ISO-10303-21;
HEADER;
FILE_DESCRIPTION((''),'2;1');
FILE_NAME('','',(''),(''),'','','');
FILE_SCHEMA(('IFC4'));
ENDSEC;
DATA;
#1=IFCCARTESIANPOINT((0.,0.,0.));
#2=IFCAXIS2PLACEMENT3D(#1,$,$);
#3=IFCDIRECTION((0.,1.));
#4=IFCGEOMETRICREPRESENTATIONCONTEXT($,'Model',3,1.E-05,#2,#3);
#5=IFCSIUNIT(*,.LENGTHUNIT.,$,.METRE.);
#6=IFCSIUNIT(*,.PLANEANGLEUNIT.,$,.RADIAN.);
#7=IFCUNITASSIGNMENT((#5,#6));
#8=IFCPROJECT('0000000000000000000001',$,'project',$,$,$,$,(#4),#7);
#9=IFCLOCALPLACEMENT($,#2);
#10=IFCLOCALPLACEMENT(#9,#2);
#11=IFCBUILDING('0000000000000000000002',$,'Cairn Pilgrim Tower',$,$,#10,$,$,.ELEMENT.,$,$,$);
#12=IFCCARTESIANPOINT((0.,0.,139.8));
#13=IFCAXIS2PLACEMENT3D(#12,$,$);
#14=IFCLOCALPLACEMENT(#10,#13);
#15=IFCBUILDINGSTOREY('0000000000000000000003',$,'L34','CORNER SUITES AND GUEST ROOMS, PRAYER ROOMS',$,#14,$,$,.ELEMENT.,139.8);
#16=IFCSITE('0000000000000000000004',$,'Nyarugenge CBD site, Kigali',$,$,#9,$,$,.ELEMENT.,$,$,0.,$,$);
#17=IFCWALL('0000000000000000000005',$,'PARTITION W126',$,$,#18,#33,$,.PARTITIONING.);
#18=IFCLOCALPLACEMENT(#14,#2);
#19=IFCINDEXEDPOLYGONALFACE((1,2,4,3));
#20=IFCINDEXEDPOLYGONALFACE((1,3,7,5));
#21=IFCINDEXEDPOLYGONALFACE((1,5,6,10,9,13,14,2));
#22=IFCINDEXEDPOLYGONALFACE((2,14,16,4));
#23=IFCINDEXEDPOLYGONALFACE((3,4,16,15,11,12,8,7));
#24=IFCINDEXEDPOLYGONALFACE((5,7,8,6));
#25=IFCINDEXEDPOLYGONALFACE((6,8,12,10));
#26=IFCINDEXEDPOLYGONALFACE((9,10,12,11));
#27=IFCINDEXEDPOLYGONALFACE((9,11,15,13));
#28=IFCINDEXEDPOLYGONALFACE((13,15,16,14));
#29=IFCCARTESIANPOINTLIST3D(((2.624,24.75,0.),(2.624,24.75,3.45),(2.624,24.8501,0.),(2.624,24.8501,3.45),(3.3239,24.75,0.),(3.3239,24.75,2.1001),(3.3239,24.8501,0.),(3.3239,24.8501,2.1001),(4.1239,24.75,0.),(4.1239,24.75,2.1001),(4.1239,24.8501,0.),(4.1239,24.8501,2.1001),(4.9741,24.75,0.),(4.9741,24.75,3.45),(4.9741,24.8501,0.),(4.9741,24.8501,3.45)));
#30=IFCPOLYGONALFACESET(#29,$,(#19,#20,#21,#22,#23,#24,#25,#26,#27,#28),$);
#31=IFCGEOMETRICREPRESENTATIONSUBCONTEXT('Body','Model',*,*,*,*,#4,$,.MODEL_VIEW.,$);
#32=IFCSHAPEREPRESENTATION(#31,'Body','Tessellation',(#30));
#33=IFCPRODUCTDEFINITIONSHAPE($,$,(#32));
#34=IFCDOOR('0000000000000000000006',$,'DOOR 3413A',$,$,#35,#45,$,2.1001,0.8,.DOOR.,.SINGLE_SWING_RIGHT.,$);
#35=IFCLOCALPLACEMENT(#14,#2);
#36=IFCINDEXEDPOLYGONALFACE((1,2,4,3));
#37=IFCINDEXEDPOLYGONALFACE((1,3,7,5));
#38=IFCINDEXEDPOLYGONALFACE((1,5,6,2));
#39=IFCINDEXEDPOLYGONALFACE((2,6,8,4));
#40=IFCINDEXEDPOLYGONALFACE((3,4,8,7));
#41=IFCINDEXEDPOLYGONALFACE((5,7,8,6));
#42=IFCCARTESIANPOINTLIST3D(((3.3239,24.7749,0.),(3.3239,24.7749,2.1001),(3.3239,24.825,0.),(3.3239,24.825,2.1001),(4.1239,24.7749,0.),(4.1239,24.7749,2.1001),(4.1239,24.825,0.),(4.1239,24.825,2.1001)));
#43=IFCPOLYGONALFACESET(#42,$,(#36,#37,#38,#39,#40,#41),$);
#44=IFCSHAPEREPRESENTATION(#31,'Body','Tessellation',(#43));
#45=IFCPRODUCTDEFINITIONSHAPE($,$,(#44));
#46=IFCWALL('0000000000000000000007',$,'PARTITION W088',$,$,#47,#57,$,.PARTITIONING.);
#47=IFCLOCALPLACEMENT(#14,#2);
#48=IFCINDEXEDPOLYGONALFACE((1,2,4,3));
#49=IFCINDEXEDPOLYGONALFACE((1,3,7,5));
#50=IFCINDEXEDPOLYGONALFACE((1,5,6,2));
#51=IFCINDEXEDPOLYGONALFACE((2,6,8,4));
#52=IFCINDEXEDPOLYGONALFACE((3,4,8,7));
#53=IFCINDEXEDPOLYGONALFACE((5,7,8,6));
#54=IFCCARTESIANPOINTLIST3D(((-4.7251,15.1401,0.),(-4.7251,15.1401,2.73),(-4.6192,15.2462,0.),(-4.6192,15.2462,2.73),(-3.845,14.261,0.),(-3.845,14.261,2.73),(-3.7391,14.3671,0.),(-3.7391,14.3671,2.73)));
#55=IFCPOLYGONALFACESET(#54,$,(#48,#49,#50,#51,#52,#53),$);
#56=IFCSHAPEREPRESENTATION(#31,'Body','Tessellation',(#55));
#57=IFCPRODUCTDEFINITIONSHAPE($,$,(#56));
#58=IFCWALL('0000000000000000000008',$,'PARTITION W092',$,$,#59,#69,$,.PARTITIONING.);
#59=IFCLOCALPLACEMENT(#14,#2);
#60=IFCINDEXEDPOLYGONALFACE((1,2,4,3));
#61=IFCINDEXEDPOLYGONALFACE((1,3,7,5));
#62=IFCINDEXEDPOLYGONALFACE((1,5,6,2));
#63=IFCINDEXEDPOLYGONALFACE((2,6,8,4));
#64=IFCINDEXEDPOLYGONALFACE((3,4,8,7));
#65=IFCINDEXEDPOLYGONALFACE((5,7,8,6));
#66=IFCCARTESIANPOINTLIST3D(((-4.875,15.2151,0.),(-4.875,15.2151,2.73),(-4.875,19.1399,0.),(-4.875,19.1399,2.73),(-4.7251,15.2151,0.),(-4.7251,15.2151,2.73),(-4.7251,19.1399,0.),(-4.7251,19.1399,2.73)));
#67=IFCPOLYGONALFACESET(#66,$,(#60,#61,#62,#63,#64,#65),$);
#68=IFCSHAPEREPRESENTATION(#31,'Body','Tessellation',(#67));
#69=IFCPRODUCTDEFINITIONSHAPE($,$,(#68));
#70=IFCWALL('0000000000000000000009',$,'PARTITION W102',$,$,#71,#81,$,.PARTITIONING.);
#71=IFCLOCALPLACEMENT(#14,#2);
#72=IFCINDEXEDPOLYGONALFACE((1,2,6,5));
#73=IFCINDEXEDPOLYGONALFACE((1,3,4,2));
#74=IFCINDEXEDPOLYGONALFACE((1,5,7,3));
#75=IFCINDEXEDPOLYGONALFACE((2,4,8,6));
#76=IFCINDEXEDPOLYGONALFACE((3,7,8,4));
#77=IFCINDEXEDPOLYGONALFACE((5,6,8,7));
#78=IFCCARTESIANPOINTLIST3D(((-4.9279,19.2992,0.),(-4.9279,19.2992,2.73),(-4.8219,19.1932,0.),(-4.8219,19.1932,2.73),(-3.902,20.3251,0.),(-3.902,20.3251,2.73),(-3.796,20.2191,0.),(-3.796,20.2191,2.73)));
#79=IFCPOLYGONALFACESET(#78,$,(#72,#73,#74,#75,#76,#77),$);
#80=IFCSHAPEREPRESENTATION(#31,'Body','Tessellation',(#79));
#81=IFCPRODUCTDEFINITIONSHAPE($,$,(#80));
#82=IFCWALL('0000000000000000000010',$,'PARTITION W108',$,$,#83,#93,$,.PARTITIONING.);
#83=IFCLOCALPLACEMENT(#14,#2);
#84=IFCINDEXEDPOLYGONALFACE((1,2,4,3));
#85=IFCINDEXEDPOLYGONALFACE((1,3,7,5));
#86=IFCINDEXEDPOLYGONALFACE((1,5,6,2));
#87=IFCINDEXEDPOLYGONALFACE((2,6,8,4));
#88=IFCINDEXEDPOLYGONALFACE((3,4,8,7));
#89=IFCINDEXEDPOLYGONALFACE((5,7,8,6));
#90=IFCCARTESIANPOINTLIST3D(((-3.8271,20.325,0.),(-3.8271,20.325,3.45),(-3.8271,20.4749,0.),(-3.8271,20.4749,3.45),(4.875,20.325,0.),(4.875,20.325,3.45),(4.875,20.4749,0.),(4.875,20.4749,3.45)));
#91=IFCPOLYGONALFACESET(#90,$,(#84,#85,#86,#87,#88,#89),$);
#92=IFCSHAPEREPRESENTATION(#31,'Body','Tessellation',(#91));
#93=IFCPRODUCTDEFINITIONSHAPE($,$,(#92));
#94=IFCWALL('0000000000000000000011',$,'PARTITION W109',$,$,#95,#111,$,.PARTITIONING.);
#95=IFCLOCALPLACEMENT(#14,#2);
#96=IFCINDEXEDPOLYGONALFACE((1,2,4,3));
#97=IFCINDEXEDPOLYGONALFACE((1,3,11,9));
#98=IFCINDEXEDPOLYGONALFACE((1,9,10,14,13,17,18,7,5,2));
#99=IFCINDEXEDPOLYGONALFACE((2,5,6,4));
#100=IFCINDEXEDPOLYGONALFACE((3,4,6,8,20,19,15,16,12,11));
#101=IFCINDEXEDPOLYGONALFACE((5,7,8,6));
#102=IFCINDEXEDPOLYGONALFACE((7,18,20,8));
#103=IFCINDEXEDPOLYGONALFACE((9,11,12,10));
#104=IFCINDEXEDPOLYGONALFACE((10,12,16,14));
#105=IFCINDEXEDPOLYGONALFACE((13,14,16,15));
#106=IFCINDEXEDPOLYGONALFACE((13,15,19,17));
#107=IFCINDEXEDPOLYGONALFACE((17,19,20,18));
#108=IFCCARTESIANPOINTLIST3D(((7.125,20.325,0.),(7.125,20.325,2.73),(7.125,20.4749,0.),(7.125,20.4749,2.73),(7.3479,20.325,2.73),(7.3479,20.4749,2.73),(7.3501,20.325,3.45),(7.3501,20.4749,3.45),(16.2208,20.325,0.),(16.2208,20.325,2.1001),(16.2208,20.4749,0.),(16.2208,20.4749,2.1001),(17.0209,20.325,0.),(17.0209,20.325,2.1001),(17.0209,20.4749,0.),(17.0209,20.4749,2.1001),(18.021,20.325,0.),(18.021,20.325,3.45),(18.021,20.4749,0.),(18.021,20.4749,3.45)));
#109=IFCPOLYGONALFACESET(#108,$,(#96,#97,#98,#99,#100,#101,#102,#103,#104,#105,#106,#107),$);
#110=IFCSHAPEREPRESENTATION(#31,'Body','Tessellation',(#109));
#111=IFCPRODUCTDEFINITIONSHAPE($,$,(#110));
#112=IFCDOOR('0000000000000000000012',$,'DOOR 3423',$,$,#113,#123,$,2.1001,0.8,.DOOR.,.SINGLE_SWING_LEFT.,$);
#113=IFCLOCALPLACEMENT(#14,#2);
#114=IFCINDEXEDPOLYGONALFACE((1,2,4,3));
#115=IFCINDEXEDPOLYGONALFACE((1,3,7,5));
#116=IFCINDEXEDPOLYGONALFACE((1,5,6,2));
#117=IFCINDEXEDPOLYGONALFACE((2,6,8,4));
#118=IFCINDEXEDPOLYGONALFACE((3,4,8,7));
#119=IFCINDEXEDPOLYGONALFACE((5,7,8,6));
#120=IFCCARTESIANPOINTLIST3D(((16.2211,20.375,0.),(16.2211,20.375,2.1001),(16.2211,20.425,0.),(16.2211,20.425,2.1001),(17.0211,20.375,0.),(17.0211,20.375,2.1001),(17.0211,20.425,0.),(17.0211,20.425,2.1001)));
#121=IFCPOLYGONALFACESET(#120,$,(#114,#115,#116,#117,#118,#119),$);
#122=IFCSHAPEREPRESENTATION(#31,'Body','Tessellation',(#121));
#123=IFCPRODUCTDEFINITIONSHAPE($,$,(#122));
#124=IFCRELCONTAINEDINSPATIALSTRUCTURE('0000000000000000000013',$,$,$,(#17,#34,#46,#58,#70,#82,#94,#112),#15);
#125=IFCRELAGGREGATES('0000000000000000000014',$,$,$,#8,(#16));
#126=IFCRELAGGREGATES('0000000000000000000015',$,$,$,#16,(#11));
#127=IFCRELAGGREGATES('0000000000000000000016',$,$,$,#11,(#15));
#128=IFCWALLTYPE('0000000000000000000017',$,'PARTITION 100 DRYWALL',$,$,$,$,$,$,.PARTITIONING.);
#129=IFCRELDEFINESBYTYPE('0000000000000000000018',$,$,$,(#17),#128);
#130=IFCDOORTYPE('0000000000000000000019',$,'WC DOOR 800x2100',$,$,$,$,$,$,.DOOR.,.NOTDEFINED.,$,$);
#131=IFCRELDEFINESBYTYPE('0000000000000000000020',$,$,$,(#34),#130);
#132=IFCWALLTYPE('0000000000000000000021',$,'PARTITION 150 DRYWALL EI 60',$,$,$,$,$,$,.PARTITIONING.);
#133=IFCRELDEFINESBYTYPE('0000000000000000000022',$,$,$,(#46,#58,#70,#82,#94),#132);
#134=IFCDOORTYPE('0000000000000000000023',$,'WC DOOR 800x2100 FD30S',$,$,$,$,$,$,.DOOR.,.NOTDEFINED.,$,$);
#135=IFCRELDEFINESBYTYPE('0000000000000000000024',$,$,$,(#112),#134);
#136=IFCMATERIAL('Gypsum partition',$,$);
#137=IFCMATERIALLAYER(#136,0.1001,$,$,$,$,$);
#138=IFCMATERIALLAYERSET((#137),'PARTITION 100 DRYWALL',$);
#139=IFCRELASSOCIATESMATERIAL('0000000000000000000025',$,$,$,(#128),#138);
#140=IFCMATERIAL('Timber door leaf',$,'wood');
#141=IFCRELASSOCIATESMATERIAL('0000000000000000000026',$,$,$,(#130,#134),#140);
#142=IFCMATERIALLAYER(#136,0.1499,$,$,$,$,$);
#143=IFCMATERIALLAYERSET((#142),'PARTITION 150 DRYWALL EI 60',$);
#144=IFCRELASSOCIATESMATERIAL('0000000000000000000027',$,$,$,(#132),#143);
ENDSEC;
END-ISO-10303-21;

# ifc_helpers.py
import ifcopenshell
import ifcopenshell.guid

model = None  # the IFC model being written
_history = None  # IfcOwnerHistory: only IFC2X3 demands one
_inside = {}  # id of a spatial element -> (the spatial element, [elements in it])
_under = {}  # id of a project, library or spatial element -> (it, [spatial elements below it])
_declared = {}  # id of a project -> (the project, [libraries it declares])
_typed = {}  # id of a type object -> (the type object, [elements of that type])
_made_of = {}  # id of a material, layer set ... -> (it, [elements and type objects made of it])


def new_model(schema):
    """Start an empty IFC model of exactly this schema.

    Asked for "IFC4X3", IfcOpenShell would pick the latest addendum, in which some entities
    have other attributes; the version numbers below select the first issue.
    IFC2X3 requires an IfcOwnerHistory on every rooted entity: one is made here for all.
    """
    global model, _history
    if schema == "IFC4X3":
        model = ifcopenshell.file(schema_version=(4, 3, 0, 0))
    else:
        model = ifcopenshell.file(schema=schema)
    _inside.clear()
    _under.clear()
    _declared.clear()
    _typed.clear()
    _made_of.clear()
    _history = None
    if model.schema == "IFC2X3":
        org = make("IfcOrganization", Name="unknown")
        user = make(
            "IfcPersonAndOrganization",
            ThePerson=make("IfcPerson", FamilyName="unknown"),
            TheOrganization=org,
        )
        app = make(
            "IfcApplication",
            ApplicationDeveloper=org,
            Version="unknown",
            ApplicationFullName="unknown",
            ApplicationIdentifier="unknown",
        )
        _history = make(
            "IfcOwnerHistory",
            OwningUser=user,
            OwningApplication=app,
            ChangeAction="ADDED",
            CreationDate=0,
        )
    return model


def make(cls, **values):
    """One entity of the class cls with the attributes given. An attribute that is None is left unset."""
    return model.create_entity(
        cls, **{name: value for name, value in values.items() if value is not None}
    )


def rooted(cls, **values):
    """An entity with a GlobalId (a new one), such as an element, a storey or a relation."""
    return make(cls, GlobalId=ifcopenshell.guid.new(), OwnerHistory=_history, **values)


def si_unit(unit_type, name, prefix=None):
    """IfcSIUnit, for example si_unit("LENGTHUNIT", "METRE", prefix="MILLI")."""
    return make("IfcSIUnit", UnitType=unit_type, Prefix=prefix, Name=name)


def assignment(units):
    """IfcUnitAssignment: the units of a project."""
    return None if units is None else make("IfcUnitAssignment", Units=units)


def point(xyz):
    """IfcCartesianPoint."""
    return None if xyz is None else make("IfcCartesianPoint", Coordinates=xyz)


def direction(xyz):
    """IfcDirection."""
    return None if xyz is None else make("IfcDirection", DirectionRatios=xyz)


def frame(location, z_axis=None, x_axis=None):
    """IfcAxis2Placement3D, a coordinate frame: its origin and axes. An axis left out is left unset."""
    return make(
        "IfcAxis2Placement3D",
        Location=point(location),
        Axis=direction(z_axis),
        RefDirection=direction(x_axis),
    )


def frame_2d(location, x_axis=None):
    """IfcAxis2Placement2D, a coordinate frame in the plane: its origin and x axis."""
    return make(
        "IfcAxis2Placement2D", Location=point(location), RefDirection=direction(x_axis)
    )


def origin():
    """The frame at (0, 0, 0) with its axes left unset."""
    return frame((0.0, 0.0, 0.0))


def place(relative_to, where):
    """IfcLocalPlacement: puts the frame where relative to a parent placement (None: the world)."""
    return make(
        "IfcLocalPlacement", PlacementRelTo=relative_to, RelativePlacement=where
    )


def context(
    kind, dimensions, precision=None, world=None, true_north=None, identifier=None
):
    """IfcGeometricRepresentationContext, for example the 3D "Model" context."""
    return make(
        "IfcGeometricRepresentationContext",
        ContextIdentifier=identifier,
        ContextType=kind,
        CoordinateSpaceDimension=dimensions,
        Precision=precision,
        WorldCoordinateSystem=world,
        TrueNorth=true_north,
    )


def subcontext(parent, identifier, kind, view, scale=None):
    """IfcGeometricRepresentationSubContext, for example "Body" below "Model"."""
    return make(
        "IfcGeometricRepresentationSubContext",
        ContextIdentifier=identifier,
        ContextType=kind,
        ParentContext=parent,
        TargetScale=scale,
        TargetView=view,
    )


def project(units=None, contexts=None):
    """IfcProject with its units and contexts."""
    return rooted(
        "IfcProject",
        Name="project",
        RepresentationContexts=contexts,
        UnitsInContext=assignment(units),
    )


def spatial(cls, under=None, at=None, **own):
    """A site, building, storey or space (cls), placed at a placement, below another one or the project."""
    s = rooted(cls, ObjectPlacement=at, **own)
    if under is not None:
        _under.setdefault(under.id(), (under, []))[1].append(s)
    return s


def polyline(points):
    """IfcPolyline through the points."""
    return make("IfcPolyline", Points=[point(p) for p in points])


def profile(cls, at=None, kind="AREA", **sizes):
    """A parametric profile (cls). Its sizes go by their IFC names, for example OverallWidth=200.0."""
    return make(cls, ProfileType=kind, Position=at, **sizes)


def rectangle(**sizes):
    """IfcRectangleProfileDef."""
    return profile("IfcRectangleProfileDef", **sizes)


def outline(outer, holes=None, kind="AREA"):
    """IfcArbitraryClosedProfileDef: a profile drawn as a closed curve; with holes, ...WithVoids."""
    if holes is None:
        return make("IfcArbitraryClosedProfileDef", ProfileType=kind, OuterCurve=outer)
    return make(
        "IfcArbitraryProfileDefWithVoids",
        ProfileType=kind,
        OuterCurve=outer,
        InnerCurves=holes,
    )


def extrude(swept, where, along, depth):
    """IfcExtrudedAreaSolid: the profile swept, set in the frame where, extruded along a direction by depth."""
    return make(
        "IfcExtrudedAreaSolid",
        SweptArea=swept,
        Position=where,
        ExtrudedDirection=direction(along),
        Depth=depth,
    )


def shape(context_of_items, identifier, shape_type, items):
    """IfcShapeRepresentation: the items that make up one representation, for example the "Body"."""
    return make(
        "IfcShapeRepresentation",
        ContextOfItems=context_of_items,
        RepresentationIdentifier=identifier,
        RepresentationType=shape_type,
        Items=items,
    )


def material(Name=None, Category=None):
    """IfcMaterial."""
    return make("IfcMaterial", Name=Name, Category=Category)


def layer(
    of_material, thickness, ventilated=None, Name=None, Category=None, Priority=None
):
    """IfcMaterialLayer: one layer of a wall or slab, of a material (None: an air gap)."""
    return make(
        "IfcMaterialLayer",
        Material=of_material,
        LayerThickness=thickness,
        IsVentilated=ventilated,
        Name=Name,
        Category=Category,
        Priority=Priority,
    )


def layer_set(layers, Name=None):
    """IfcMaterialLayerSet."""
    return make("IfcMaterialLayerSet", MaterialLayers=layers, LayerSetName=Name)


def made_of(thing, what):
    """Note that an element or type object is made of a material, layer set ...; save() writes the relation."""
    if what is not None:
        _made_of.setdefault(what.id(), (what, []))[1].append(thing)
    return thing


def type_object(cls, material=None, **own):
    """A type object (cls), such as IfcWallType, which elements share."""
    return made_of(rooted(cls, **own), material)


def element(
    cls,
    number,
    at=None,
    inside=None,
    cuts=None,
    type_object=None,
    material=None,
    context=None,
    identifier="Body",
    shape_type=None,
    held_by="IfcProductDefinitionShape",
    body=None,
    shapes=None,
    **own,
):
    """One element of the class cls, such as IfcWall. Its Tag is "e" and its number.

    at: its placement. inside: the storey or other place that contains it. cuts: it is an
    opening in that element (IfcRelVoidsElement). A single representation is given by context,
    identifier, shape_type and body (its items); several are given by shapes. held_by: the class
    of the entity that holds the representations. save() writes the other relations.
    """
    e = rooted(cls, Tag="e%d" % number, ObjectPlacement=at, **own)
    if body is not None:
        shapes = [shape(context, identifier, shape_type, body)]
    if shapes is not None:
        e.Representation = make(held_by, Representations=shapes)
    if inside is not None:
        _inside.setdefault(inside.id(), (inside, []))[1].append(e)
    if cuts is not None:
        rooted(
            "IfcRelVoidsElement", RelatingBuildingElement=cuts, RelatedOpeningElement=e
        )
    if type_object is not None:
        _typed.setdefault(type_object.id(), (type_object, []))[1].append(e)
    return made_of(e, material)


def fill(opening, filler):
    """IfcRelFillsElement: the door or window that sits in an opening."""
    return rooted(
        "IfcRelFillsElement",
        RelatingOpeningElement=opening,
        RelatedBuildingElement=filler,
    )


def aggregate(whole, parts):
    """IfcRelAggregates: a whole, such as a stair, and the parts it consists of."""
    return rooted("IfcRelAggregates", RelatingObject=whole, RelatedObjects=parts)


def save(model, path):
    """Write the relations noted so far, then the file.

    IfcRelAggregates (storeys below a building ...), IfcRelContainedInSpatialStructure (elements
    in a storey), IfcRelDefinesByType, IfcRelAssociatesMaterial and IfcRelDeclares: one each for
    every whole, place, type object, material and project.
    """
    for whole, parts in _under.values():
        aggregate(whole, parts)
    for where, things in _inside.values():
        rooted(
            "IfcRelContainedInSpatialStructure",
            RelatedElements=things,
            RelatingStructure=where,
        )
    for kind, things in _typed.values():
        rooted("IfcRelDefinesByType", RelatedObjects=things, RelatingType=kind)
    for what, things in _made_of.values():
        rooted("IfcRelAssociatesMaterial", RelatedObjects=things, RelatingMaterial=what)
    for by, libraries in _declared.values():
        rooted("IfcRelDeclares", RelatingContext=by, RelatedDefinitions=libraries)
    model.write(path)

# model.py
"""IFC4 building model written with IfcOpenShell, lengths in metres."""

from ifc_helpers import new_model, si_unit, direction, frame, frame_2d, origin, place, context, subcontext, project, spatial, polyline, rectangle, outline, extrude, material, layer, layer_set, type_object, element, fill, save


model = new_model("IFC4")

# Units and contexts
model_context = context("Model", 3, precision=1e-05, world=origin(), true_north=direction((0.0, 1.0)))
body_context = subcontext(model_context, "Body", "Model", "MODEL_VIEW")
ifc_project = project(units=[si_unit("LENGTHUNIT", "METRE"), si_unit("PLANEANGLEUNIT", "RADIAN")], contexts=[model_context])

# Site, building, storey
site_placement = place(None, origin())
site = spatial("IfcSite", under=ifc_project, at=site_placement, Name="Nyarugenge CBD site, Kigali", CompositionType="ELEMENT", RefElevation=0.0)
building_placement = place(site_placement, origin())
building = spatial("IfcBuilding", under=site, at=building_placement, Name="Cairn Pilgrim Tower", CompositionType="ELEMENT")
storey_placement = place(building_placement, frame((0.0, 0.0, 139.8)))
storey = spatial("IfcBuildingStorey", under=building, at=storey_placement, Name="L34", Description="CORNER SUITES AND GUEST ROOMS, PRAYER ROOMS", CompositionType="ELEMENT", Elevation=139.8)

# Shared definitions
ifc_material_1 = material(Name="Gypsum partition")
ifc_layer_1 = layer(ifc_material_1, 0.1001)
ifc_layer_set_1 = layer_set([ifc_layer_1], Name="PARTITION 100 DRYWALL")
wall_type_1 = type_object("IfcWallType", Name="PARTITION 100 DRYWALL", PredefinedType="PARTITIONING", material=ifc_layer_set_1)
ifc_material_2 = material(Name="Timber door leaf", Category="wood")
door_type_1 = type_object("IfcDoorType", Name="WC DOOR 800x2100", OperationType="NOTDEFINED", PredefinedType="DOOR", material=ifc_material_2)

# Wall, opening, door
wall_1_placement = place(storey_placement, frame((2.624, 24.8, 0.0), z_axis=(0.0, 0.0, 1.0), x_axis=(1.0, 0.0, 0.0)))
wall_1 = element("IfcWall", 1, at=wall_1_placement, inside=storey, type_object=wall_type_1, Name="PARTITION W126", PredefinedType="PARTITIONING", context=body_context, shape_type="SweptSolid", body=[
    extrude(rectangle(XDim=2.3501, YDim=0.1001, at=frame_2d((1.175, 0.0))), origin(), (0.0, 0.0, 1.0), 3.45),
])
opening_1_placement = place(wall_1_placement, frame((0.7, 0.0, 0.0)))
opening_1 = element("IfcOpeningElement", 2, at=opening_1_placement, cuts=wall_1, PredefinedType="OPENING", context=body_context, shape_type="SweptSolid", body=[
    extrude(rectangle(XDim=0.8, YDim=2.1001, at=frame_2d((0.3999, 1.05))), frame((0.0, 0.0601, 0.0), z_axis=(0.0, -1.0, 0.0), x_axis=(1.0, 0.0, 0.0)), (0.0, 0.0, 1.0), 0.1201),
])
door_1_placement = place(opening_1_placement, origin())
door_1 = element("IfcDoor", 3, at=door_1_placement, inside=storey, type_object=door_type_1, Name="DOOR 3413A", OperationType="SINGLE_SWING_RIGHT", OverallHeight=2.1001, OverallWidth=0.8, PredefinedType="DOOR", context=body_context, shape_type="SweptSolid", body=[
    extrude(rectangle(XDim=0.8, YDim=2.1001, at=frame_2d((0.3999, 1.05))), frame((0.0, 0.0249, 0.0), z_axis=(0.0, -1.0, 0.0), x_axis=(1.0, 0.0, 0.0)), (0.0, 0.0, 1.0), 0.05),
])
fill(opening_1, door_1)

# Walls
ifc_layer_2 = layer(ifc_material_1, 0.1499)
ifc_layer_set_2 = layer_set([ifc_layer_2], Name="PARTITION 150 DRYWALL EI 60")
wall_type_2 = type_object("IfcWallType", Name="PARTITION 150 DRYWALL EI 60", PredefinedType="PARTITIONING", material=ifc_layer_set_2)
wall_2_placement = place(storey_placement, frame((-3.792, 14.314, 0.0), z_axis=(0.0, 0.0, 1.0), x_axis=(-0.707499, 0.706714, 0.0)))
element("IfcWall", 4, at=wall_2_placement, inside=storey, type_object=wall_type_2, Name="PARTITION W088", PredefinedType="PARTITIONING", context=body_context, shape_type="SweptSolid", body=[
    extrude(rectangle(XDim=1.2439, YDim=0.1499, at=frame_2d((0.6221, 0.0))), origin(), (0.0, 0.0, 1.0), 2.73),
])
wall_3_placement = place(storey_placement, frame((-4.8, 15.2151, 0.0), z_axis=(0.0, 0.0, 1.0), x_axis=(0.0, 1.0, 0.0)))
element("IfcWall", 5, at=wall_3_placement, inside=storey, type_object=wall_type_2, Name="PARTITION W092", PredefinedType="PARTITIONING", context=body_context, shape_type="SweptSolid", body=[
    extrude(rectangle(XDim=3.9248, YDim=0.1499, at=frame_2d((1.9624, 0.0))), origin(), (0.0, 0.0, 1.0), 2.73),
])
wall_4_placement = place(storey_placement, frame((-4.875, 19.2461, 0.0), z_axis=(0.0, 0.0, 1.0), x_axis=(0.707107, 0.707107, 0.0)))
element("IfcWall", 6, at=wall_4_placement, inside=storey, type_object=wall_type_2, Name="PARTITION W102", PredefinedType="PARTITIONING", context=body_context, shape_type="SweptSolid", body=[
    extrude(rectangle(XDim=1.4509, YDim=0.1499, at=frame_2d((0.7256, 0.0))), origin(), (0.0, 0.0, 1.0), 2.73),
])
wall_5_placement = place(storey_placement, frame((-3.8271, 20.3999, 0.0), z_axis=(0.0, 0.0, 1.0), x_axis=(1.0, 0.0, 0.0)))
element("IfcWall", 7, at=wall_5_placement, inside=storey, type_object=wall_type_2, Name="PARTITION W108", PredefinedType="PARTITIONING", context=body_context, shape_type="SweptSolid", body=[
    extrude(rectangle(XDim=8.7021, YDim=0.1499, at=frame_2d((4.3511, 0.0))), origin(), (0.0, 0.0, 1.0), 3.45),
])

# Wall, opening, door
wall_6_placement = place(storey_placement, frame((7.125, 20.3999, 0.0), z_axis=(0.0, 0.0, 1.0), x_axis=(1.0, 0.0, 0.0)))
wall_6 = element("IfcWall", 8, at=wall_6_placement, inside=storey, type_object=wall_type_2, Name="PARTITION W109", PredefinedType="PARTITIONING", context=body_context, shape_type="SweptSolid", body=[
    extrude(outline(polyline([(0.0, 0.0), (10.896, 0.0), (10.896, 3.45), (0.2251, 3.45), (0.2229, 2.73), (0.0, 2.73), (0.0, 0.0)])), frame((0.0, 0.075, 0.0), z_axis=(0.0, -1.0, 0.0), x_axis=(1.0, 0.0, 0.0)), (0.0, 0.0, 1.0), 0.1499),
])
opening_2_placement = place(wall_6_placement, frame((9.0959, 0.0, 0.0)))
opening_2 = element("IfcOpeningElement", 9, at=opening_2_placement, cuts=wall_6, PredefinedType="OPENING", context=body_context, shape_type="SweptSolid", body=[
    extrude(rectangle(XDim=0.8, YDim=2.1001, at=frame_2d((0.3999, 1.05))), frame((0.0, 0.085, 0.0), z_axis=(0.0, -1.0, 0.0), x_axis=(1.0, 0.0, 0.0)), (0.0, 0.0, 1.0), 0.1699),
])
door_type_2 = type_object("IfcDoorType", Name="WC DOOR 800x2100 FD30S", OperationType="NOTDEFINED", PredefinedType="DOOR", material=ifc_material_2)
door_2_placement = place(opening_2_placement, frame((0.8, 0.0, 0.0), z_axis=(0.0, 0.0, 1.0), x_axis=(-1.0, 0.0, 0.0)))
door_2 = element("IfcDoor", 10, at=door_2_placement, inside=storey, type_object=door_type_2, Name="DOOR 3423", OperationType="SINGLE_SWING_LEFT", OverallHeight=2.1001, OverallWidth=0.8, PredefinedType="DOOR", context=body_context, shape_type="SweptSolid", body=[
    extrude(rectangle(XDim=0.8, YDim=2.1001, at=frame_2d((0.3999, 1.05))), frame((0.0, 0.0249, 0.0), z_axis=(0.0, -1.0, 0.0), x_axis=(1.0, 0.0, 0.0)), (0.0, 0.0, 1.0), 0.05),
])
fill(opening_2, door_2)

save(model, "model.ifc")
